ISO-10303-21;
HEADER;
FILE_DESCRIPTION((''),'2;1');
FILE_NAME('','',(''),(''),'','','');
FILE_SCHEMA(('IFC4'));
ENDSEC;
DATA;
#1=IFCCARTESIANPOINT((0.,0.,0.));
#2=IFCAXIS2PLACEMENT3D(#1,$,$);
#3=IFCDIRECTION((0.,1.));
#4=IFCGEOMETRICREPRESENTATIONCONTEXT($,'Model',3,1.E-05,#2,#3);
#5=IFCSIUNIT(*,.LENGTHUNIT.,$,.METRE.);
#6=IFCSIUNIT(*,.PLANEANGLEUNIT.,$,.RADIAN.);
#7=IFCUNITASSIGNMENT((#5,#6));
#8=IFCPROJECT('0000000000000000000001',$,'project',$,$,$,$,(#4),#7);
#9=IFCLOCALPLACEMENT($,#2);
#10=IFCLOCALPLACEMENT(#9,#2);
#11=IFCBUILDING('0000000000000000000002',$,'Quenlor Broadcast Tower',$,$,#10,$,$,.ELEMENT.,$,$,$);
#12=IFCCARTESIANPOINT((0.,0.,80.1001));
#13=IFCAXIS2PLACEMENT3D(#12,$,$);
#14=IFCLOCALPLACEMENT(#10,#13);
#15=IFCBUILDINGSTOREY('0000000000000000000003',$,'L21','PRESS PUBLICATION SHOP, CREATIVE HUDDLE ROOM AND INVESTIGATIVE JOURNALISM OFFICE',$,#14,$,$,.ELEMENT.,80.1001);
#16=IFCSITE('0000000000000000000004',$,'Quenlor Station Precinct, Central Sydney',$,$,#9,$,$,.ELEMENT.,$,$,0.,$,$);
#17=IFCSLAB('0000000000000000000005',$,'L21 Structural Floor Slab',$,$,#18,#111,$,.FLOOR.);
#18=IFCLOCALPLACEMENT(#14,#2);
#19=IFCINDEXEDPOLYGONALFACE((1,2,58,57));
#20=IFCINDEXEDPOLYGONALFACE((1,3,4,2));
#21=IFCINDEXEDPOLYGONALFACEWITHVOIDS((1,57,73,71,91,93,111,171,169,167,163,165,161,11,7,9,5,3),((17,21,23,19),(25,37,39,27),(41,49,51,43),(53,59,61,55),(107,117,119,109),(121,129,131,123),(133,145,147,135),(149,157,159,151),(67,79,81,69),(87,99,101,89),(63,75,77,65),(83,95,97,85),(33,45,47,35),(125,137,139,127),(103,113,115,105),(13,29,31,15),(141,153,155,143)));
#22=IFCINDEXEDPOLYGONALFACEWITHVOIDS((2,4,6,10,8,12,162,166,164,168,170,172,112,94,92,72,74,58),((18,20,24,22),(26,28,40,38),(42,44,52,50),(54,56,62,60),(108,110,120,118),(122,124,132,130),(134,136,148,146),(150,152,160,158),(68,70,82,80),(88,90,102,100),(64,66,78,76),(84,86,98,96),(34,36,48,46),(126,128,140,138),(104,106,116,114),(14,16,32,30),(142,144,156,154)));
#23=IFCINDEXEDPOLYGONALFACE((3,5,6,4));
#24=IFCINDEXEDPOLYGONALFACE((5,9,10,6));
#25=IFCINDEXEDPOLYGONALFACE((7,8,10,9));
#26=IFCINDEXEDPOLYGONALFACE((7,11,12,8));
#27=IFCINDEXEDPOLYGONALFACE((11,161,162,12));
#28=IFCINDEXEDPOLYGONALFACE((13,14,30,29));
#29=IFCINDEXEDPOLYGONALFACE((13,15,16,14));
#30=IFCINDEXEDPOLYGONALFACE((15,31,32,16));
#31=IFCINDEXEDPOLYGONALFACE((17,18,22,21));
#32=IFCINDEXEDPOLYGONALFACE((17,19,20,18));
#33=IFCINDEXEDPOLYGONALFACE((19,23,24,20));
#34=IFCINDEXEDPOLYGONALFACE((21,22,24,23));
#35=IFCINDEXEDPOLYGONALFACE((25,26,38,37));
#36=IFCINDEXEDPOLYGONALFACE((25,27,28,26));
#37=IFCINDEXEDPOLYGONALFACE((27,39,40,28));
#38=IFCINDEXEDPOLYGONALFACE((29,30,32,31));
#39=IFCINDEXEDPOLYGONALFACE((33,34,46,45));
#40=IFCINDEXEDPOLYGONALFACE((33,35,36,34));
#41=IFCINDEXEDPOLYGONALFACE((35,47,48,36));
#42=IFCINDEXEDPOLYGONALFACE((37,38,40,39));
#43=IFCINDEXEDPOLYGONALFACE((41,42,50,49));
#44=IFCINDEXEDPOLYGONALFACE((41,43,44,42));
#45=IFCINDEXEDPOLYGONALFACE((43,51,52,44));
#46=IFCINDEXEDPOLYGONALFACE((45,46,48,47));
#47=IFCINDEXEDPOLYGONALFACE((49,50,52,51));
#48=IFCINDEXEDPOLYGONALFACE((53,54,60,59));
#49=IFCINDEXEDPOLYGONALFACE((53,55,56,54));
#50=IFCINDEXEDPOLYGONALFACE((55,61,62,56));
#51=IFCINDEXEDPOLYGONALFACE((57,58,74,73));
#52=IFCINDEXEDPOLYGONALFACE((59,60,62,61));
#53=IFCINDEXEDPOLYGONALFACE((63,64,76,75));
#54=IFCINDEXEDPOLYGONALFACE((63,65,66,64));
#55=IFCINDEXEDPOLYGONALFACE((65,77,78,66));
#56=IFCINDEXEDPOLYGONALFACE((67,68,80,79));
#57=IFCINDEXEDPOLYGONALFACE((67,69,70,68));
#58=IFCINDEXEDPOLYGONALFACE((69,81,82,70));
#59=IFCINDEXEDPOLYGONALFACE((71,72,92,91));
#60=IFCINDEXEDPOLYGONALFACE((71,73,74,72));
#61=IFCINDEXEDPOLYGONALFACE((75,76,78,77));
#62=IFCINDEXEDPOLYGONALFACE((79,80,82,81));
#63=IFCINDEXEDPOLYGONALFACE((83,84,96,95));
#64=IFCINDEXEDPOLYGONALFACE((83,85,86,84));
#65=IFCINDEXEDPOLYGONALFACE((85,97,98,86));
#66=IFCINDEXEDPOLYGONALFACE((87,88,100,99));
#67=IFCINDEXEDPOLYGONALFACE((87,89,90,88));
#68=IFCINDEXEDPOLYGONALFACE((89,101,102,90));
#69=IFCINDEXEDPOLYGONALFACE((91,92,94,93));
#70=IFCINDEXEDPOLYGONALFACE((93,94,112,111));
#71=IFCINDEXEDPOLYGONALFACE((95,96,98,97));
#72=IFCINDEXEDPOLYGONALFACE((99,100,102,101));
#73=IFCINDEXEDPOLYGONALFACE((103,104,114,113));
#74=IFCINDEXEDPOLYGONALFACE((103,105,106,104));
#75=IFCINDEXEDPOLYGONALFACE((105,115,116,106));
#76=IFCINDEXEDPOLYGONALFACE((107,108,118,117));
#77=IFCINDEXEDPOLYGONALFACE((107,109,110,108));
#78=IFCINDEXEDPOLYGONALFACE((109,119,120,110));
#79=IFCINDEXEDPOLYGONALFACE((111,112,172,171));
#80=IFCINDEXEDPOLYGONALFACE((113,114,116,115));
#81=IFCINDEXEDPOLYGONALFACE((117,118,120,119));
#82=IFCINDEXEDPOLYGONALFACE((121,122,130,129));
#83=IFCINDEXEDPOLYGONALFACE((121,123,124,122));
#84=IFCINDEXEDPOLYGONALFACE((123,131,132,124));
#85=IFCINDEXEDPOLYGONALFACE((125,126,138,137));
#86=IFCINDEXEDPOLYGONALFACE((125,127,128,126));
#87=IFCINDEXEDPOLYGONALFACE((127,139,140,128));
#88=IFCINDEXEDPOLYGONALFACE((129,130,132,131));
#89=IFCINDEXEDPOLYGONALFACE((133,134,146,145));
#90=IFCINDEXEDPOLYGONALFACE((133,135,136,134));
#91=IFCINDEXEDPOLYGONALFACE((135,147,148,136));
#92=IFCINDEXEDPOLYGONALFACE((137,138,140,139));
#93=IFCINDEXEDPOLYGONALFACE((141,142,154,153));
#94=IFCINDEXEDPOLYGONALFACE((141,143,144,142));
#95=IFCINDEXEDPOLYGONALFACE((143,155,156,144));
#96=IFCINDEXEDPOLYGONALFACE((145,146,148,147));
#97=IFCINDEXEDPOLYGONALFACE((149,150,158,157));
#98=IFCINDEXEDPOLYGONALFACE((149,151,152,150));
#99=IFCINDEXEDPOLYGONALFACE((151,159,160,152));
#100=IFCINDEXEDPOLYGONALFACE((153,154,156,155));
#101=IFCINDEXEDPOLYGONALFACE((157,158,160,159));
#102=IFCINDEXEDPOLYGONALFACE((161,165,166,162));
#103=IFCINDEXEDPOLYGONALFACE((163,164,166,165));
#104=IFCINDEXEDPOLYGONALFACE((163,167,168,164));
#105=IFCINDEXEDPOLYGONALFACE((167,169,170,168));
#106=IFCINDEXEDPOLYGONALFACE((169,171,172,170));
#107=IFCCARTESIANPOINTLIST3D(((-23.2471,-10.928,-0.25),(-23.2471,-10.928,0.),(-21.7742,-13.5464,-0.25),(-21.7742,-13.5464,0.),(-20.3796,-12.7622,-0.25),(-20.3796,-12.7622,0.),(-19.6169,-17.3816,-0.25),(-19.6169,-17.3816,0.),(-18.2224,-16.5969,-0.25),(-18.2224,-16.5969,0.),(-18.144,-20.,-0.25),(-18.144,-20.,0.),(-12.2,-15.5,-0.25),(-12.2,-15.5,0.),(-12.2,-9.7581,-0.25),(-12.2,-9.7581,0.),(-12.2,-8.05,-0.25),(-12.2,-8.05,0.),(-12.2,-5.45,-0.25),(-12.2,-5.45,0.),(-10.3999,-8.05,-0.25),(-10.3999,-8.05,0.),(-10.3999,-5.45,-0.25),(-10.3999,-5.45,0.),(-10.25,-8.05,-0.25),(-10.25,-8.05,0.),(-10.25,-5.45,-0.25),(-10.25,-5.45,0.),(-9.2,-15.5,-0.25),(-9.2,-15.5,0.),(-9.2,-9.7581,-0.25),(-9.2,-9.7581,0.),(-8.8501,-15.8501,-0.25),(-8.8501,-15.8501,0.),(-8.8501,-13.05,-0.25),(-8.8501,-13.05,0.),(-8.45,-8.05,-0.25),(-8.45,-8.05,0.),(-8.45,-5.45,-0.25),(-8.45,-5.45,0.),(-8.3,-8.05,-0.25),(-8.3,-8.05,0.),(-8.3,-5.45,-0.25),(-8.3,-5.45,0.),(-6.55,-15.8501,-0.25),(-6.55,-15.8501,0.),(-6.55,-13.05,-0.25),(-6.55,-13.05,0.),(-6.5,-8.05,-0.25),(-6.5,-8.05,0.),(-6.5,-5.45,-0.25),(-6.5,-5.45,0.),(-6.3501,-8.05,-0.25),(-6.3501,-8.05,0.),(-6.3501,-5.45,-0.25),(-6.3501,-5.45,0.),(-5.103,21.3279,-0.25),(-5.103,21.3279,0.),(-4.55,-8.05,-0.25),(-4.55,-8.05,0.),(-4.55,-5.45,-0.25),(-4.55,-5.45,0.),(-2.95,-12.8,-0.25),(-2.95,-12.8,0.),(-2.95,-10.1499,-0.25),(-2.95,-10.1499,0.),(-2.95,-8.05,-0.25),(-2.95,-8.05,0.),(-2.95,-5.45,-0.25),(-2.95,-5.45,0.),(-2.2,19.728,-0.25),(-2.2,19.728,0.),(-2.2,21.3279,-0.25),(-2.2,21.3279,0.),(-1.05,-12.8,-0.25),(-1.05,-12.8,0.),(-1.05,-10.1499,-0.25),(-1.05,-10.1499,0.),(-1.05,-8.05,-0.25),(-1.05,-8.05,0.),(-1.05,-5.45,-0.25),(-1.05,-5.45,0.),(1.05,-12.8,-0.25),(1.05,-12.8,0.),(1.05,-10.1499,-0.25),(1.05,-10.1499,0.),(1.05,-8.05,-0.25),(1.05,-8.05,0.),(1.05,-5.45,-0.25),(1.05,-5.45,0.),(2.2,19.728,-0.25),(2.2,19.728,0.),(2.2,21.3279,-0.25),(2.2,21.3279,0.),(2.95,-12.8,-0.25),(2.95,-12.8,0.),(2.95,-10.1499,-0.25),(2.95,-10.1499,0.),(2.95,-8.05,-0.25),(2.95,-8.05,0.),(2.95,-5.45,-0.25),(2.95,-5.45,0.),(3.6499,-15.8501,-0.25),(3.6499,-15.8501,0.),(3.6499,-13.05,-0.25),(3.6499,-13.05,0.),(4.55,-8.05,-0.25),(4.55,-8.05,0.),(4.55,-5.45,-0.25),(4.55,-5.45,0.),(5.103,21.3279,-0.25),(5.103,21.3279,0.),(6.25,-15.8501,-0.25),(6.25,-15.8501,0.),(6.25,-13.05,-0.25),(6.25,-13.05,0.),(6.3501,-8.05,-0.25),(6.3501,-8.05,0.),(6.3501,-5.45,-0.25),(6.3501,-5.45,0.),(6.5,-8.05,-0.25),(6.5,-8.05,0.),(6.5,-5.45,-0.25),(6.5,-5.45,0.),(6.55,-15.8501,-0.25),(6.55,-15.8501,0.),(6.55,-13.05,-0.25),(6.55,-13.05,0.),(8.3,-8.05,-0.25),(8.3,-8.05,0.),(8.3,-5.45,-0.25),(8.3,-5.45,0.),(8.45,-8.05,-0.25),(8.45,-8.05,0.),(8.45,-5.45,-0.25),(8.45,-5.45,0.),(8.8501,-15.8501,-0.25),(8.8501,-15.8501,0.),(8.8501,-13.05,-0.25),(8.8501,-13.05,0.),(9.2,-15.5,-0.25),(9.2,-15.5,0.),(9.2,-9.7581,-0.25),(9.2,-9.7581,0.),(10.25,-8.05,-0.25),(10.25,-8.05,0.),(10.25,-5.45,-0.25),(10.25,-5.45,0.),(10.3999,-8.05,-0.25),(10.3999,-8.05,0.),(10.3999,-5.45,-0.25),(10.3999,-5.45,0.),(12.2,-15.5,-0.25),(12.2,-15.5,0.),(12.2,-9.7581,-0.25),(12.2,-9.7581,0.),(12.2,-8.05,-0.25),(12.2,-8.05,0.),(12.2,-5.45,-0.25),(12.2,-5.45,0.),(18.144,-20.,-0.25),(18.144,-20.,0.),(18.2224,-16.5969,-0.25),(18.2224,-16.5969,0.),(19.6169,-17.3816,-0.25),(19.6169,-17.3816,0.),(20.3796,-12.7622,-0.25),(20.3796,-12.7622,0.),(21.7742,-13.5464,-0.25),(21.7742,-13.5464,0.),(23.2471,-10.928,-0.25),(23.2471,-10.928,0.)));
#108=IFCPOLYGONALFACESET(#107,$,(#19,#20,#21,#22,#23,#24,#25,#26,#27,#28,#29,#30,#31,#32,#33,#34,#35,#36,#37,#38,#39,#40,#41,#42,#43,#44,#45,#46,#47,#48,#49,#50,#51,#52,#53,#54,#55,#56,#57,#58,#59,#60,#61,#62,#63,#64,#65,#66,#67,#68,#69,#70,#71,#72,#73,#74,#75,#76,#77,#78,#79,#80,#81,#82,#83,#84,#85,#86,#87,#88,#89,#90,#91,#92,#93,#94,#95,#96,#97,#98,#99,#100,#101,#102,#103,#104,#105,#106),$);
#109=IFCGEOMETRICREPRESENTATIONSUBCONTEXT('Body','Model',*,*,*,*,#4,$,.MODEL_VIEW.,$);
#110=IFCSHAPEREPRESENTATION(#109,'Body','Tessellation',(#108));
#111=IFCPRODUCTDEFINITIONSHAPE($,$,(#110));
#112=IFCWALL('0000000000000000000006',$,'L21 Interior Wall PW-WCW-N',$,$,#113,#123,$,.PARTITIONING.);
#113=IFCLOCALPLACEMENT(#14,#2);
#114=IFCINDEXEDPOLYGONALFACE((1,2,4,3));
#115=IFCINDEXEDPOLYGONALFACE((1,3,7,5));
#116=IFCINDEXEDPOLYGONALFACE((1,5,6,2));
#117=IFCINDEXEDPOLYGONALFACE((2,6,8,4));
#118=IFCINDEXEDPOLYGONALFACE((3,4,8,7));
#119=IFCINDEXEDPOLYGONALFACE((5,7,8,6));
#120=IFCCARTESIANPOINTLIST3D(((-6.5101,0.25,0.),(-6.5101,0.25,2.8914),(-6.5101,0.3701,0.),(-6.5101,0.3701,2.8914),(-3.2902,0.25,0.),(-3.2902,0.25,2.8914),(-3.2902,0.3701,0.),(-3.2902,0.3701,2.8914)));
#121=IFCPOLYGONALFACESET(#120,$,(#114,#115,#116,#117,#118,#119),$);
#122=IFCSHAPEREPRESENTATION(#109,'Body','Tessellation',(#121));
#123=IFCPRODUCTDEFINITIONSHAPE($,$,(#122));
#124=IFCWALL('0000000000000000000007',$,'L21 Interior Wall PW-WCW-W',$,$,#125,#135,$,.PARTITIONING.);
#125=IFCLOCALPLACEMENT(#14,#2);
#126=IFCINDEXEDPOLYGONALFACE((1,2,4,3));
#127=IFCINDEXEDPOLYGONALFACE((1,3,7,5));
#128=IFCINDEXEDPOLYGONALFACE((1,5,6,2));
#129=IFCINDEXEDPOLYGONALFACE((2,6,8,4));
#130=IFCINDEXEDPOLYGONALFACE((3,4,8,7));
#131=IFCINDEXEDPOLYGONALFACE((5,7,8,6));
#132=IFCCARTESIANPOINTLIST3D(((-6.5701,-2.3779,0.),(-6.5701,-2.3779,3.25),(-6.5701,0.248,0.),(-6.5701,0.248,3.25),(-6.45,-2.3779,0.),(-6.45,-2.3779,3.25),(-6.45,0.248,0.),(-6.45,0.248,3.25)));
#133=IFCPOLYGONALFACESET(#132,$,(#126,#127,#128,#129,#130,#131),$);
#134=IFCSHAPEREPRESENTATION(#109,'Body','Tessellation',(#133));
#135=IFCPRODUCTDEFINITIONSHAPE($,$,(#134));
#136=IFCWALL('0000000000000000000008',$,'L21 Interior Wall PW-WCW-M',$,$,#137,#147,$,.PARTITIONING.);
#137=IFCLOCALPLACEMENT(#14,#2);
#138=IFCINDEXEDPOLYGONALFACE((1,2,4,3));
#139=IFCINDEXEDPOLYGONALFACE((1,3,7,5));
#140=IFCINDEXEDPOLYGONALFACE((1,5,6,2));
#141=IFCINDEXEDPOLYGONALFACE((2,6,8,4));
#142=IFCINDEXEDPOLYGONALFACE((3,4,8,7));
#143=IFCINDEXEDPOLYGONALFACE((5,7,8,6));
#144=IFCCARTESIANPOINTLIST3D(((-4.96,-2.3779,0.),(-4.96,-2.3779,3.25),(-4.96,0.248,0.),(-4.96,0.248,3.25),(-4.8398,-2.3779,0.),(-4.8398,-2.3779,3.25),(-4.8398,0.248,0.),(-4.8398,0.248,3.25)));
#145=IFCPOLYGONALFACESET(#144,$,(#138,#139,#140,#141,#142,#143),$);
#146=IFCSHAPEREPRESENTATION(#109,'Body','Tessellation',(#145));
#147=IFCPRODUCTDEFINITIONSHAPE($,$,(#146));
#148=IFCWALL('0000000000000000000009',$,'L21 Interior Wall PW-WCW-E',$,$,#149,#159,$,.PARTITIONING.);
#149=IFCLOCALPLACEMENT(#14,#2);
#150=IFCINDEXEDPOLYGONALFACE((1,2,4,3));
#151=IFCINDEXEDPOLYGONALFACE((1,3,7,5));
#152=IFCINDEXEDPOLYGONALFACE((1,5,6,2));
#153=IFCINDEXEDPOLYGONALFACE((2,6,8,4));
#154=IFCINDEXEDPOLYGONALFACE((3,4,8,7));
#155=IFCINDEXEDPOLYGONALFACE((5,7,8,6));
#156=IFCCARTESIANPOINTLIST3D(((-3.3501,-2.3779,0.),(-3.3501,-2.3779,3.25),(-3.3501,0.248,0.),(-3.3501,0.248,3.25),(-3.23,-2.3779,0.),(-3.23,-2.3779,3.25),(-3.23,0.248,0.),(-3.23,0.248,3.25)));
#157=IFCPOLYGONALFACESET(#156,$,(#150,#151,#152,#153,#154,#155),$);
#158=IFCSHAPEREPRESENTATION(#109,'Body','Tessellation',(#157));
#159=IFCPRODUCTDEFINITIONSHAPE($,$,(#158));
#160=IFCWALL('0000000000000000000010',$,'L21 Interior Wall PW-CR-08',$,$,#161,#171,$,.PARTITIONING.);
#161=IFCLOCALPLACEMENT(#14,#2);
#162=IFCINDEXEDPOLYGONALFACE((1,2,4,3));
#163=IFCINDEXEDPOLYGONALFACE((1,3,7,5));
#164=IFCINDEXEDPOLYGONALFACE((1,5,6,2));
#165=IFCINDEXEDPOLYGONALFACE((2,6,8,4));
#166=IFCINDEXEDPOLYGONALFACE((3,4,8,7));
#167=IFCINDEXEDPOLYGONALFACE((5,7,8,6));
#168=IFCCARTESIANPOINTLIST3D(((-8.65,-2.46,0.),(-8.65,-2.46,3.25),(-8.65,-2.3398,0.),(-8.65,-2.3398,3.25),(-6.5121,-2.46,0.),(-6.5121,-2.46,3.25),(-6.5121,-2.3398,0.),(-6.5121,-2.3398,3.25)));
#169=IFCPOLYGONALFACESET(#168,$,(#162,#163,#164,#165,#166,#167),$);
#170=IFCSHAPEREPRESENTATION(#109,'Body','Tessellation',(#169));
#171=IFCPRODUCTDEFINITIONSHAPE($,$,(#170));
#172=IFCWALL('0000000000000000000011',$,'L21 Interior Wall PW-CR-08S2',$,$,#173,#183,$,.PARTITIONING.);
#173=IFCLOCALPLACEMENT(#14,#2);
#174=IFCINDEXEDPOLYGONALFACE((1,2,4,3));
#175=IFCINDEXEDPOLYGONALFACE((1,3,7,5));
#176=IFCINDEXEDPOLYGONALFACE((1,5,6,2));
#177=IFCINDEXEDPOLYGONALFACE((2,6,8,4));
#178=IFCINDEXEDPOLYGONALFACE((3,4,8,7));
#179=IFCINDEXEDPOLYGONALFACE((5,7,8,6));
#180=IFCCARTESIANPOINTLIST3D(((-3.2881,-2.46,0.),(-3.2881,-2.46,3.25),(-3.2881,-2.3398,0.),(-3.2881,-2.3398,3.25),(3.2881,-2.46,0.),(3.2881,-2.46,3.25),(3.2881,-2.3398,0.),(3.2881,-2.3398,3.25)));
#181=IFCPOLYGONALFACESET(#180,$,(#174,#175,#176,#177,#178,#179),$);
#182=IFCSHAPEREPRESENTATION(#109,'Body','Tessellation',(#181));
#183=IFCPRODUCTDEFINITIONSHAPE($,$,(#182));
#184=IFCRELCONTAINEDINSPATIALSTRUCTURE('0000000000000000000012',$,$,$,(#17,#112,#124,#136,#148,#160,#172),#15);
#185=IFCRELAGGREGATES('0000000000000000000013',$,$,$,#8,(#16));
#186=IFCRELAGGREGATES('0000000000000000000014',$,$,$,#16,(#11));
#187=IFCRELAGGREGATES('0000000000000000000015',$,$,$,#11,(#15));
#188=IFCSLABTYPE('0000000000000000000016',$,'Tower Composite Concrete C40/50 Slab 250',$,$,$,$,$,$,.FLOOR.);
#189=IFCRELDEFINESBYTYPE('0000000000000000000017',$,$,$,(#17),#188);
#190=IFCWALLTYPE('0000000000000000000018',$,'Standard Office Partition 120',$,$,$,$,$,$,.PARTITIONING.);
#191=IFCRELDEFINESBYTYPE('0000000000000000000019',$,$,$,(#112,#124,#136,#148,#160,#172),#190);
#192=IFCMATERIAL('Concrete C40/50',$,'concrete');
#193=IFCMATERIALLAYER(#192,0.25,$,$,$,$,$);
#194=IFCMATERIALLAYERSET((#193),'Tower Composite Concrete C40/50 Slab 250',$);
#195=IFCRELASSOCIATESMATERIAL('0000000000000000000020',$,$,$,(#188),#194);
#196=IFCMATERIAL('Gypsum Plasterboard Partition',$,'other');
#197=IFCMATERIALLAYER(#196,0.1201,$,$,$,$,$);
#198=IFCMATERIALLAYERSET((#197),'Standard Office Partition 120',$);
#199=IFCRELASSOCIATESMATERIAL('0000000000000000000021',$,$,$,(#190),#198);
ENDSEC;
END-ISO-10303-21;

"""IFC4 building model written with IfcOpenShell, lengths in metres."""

from ifc_helpers import new_model, si_unit, direction, frame, frame_2d, origin, place, context, subcontext, project, spatial, polyline, rectangle, outline, extrude, material, layer, layer_set, type_object, element, save


model = new_model("IFC4")

# Units and contexts
model_context = context("Model", 3, precision=1e-05, world=origin(), true_north=direction((0.0, 1.0)))
body_context = subcontext(model_context, "Body", "Model", "MODEL_VIEW")
ifc_project = project(units=[si_unit("LENGTHUNIT", "METRE"), si_unit("PLANEANGLEUNIT", "RADIAN")], contexts=[model_context])

# Site, building, storey
site_placement = place(None, origin())
site = spatial("IfcSite", under=ifc_project, at=site_placement, Name="Quenlor Station Precinct, Central Sydney", CompositionType="ELEMENT", RefElevation=0.0)
building_placement = place(site_placement, origin())
building = spatial("IfcBuilding", under=site, at=building_placement, Name="Quenlor Broadcast Tower", CompositionType="ELEMENT")
storey_placement = place(building_placement, frame((0.0, 0.0, 80.1001)))
storey = spatial("IfcBuildingStorey", under=building, at=storey_placement, Name="L21", Description="PRESS PUBLICATION SHOP, CREATIVE HUDDLE ROOM AND INVESTIGATIVE JOURNALISM OFFICE", CompositionType="ELEMENT", Elevation=80.1001)

# Slab
ifc_material_1 = material(Name="Concrete C40/50", Category="concrete")
ifc_layer_1 = layer(ifc_material_1, 0.25)
ifc_layer_set_1 = layer_set([ifc_layer_1], Name="Tower Composite Concrete C40/50 Slab 250")
slab_type = type_object("IfcSlabType", Name="Tower Composite Concrete C40/50 Slab 250", PredefinedType="FLOOR", material=ifc_layer_set_1)
slab_placement = place(storey_placement, frame((0.0, 0.0, -0.25)))
element("IfcSlab", 1, at=slab_placement, inside=storey, type_object=slab_type, Name="L21 Structural Floor Slab", PredefinedType="FLOOR", context=body_context, shape_type="SweptSolid", body=[
    extrude(outline(polyline([(18.144, -20.0), (19.6169, -17.3816), (18.2224, -16.5969), (20.3796, -12.7622), (21.7742, -13.5464), (23.2471, -10.928), (5.103, 21.3279), (2.2, 21.3279), (2.2, 19.728), (-2.2, 19.728), (-2.2, 21.3279), (-5.103, 21.3279), (-23.2471, -10.928), (-21.7742, -13.5464), (-20.3796, -12.7622), (-18.2224, -16.5969), (-19.6169, -17.3816), (-18.144, -20.0), (18.144, -20.0)]), holes=[polyline([(-12.2, -9.7581), (-12.2, -15.5), (-9.2, -15.5), (-9.2, -9.7581), (-12.2, -9.7581)]), polyline([(9.2, -9.7581), (9.2, -15.5), (12.2, -15.5), (12.2, -9.7581), (9.2, -9.7581)]), polyline([(-12.2, -8.05), (-10.3999, -8.05), (-10.3999, -5.45), (-12.2, -5.45), (-12.2, -8.05)]), polyline([(-10.25, -8.05), (-8.45, -8.05), (-8.45, -5.45), (-10.25, -5.45), (-10.25, -8.05)]), polyline([(-8.3, -8.05), (-6.5, -8.05), (-6.5, -5.45), (-8.3, -5.45), (-8.3, -8.05)]), polyline([(-6.3501, -8.05), (-4.55, -8.05), (-4.55, -5.45), (-6.3501, -5.45), (-6.3501, -8.05)]), polyline([(-2.95, -8.05), (-1.05, -8.05), (-1.05, -5.45), (-2.95, -5.45), (-2.95, -8.05)]), polyline([(1.05, -8.05), (2.95, -8.05), (2.95, -5.45), (1.05, -5.45), (1.05, -8.05)]), polyline([(-2.95, -12.8), (-1.05, -12.8), (-1.05, -10.1499), (-2.95, -10.1499), (-2.95, -12.8)]), polyline([(1.05, -12.8), (2.95, -12.8), (2.95, -10.1499), (1.05, -10.1499), (1.05, -12.8)]), polyline([(4.55, -8.05), (6.3501, -8.05), (6.3501, -5.45), (4.55, -5.45), (4.55, -8.05)]), polyline([(6.5, -8.05), (8.3, -8.05), (8.3, -5.45), (6.5, -5.45), (6.5, -8.05)]), polyline([(8.45, -8.05), (10.25, -8.05), (10.25, -5.45), (8.45, -5.45), (8.45, -8.05)]), polyline([(10.3999, -8.05), (12.2, -8.05), (12.2, -5.45), (10.3999, -5.45), (10.3999, -8.05)]), polyline([(-8.8501, -15.8501), (-6.55, -15.8501), (-6.55, -13.05), (-8.8501, -13.05), (-8.8501, -15.8501)]), polyline([(6.55, -15.8501), (8.8501, -15.8501), (8.8501, -13.05), (6.55, -13.05), (6.55, -15.8501)]), polyline([(3.6499, -15.8501), (6.25, -15.8501), (6.25, -13.05), (3.6499, -13.05), (3.6499, -15.8501)])]), origin(), (0.0, 0.0, 1.0), 0.25),
])

# Walls
ifc_material_2 = material(Name="Gypsum Plasterboard Partition", Category="other")
ifc_layer_2 = layer(ifc_material_2, 0.1201)
ifc_layer_set_2 = layer_set([ifc_layer_2], Name="Standard Office Partition 120")
wall_type = type_object("IfcWallType", Name="Standard Office Partition 120", PredefinedType="PARTITIONING", material=ifc_layer_set_2)
wall_1_placement = place(storey_placement, frame((-6.51, 0.3101, 0.0), z_axis=(0.0, 0.0, 1.0), x_axis=(1.0, 0.0, 0.0)))
element("IfcWall", 2, at=wall_1_placement, inside=storey, type_object=wall_type, Name="L21 Interior Wall PW-WCW-N", PredefinedType="PARTITIONING", context=body_context, shape_type="SweptSolid", body=[
    extrude(rectangle(XDim=3.22, YDim=0.1201, at=frame_2d((1.6099, 0.0))), origin(), (0.0, 0.0, 1.0), 2.8914),
])
for number, where, z_axis, x_axis, name in (
    (3, (-6.51, -2.3779, 0.0), (0.0, 0.0, 1.0), (0.0, 1.0, 0.0), "L21 Interior Wall PW-WCW-W"),
    (4, (-4.8999, -2.3779, 0.0), (0.0, 0.0, 1.0), (0.0, 1.0, 0.0), "L21 Interior Wall PW-WCW-M"),
    (5, (-3.29, -2.3779, 0.0), (0.0, 0.0, 1.0), (0.0, 1.0, 0.0), "L21 Interior Wall PW-WCW-E"),
):
    element("IfcWall", number, at=place(storey_placement, frame(where, z_axis=z_axis, x_axis=x_axis)), inside=storey, type_object=wall_type, Name=name, PredefinedType="PARTITIONING", context=body_context, shape_type="SweptSolid", body=[
        extrude(rectangle(XDim=2.626, YDim=0.1201, at=frame_2d((1.313, 0.0))), origin(), (0.0, 0.0, 1.0), 3.25),
    ])
wall_2_placement = place(storey_placement, frame((-8.6499, -2.3999, 0.0), z_axis=(0.0, 0.0, 1.0), x_axis=(1.0, 0.0, 0.0)))
element("IfcWall", 6, at=wall_2_placement, inside=storey, type_object=wall_type, Name="L21 Interior Wall PW-CR-08", PredefinedType="PARTITIONING", context=body_context, shape_type="SweptSolid", body=[
    extrude(rectangle(XDim=2.1379, YDim=0.1201, at=frame_2d((1.0688, 0.0))), origin(), (0.0, 0.0, 1.0), 3.25),
])
wall_3_placement = place(storey_placement, frame((-3.2881, -2.3999, 0.0), z_axis=(0.0, 0.0, 1.0), x_axis=(1.0, 0.0, 0.0)))
element("IfcWall", 7, at=wall_3_placement, inside=storey, type_object=wall_type, Name="L21 Interior Wall PW-CR-08S2", PredefinedType="PARTITIONING", context=body_context, shape_type="SweptSolid", body=[
    extrude(rectangle(XDim=6.5762, YDim=0.1201, at=frame_2d((3.2881, 0.0))), origin(), (0.0, 0.0, 1.0), 3.25),
])

save(model, "model.ifc")
